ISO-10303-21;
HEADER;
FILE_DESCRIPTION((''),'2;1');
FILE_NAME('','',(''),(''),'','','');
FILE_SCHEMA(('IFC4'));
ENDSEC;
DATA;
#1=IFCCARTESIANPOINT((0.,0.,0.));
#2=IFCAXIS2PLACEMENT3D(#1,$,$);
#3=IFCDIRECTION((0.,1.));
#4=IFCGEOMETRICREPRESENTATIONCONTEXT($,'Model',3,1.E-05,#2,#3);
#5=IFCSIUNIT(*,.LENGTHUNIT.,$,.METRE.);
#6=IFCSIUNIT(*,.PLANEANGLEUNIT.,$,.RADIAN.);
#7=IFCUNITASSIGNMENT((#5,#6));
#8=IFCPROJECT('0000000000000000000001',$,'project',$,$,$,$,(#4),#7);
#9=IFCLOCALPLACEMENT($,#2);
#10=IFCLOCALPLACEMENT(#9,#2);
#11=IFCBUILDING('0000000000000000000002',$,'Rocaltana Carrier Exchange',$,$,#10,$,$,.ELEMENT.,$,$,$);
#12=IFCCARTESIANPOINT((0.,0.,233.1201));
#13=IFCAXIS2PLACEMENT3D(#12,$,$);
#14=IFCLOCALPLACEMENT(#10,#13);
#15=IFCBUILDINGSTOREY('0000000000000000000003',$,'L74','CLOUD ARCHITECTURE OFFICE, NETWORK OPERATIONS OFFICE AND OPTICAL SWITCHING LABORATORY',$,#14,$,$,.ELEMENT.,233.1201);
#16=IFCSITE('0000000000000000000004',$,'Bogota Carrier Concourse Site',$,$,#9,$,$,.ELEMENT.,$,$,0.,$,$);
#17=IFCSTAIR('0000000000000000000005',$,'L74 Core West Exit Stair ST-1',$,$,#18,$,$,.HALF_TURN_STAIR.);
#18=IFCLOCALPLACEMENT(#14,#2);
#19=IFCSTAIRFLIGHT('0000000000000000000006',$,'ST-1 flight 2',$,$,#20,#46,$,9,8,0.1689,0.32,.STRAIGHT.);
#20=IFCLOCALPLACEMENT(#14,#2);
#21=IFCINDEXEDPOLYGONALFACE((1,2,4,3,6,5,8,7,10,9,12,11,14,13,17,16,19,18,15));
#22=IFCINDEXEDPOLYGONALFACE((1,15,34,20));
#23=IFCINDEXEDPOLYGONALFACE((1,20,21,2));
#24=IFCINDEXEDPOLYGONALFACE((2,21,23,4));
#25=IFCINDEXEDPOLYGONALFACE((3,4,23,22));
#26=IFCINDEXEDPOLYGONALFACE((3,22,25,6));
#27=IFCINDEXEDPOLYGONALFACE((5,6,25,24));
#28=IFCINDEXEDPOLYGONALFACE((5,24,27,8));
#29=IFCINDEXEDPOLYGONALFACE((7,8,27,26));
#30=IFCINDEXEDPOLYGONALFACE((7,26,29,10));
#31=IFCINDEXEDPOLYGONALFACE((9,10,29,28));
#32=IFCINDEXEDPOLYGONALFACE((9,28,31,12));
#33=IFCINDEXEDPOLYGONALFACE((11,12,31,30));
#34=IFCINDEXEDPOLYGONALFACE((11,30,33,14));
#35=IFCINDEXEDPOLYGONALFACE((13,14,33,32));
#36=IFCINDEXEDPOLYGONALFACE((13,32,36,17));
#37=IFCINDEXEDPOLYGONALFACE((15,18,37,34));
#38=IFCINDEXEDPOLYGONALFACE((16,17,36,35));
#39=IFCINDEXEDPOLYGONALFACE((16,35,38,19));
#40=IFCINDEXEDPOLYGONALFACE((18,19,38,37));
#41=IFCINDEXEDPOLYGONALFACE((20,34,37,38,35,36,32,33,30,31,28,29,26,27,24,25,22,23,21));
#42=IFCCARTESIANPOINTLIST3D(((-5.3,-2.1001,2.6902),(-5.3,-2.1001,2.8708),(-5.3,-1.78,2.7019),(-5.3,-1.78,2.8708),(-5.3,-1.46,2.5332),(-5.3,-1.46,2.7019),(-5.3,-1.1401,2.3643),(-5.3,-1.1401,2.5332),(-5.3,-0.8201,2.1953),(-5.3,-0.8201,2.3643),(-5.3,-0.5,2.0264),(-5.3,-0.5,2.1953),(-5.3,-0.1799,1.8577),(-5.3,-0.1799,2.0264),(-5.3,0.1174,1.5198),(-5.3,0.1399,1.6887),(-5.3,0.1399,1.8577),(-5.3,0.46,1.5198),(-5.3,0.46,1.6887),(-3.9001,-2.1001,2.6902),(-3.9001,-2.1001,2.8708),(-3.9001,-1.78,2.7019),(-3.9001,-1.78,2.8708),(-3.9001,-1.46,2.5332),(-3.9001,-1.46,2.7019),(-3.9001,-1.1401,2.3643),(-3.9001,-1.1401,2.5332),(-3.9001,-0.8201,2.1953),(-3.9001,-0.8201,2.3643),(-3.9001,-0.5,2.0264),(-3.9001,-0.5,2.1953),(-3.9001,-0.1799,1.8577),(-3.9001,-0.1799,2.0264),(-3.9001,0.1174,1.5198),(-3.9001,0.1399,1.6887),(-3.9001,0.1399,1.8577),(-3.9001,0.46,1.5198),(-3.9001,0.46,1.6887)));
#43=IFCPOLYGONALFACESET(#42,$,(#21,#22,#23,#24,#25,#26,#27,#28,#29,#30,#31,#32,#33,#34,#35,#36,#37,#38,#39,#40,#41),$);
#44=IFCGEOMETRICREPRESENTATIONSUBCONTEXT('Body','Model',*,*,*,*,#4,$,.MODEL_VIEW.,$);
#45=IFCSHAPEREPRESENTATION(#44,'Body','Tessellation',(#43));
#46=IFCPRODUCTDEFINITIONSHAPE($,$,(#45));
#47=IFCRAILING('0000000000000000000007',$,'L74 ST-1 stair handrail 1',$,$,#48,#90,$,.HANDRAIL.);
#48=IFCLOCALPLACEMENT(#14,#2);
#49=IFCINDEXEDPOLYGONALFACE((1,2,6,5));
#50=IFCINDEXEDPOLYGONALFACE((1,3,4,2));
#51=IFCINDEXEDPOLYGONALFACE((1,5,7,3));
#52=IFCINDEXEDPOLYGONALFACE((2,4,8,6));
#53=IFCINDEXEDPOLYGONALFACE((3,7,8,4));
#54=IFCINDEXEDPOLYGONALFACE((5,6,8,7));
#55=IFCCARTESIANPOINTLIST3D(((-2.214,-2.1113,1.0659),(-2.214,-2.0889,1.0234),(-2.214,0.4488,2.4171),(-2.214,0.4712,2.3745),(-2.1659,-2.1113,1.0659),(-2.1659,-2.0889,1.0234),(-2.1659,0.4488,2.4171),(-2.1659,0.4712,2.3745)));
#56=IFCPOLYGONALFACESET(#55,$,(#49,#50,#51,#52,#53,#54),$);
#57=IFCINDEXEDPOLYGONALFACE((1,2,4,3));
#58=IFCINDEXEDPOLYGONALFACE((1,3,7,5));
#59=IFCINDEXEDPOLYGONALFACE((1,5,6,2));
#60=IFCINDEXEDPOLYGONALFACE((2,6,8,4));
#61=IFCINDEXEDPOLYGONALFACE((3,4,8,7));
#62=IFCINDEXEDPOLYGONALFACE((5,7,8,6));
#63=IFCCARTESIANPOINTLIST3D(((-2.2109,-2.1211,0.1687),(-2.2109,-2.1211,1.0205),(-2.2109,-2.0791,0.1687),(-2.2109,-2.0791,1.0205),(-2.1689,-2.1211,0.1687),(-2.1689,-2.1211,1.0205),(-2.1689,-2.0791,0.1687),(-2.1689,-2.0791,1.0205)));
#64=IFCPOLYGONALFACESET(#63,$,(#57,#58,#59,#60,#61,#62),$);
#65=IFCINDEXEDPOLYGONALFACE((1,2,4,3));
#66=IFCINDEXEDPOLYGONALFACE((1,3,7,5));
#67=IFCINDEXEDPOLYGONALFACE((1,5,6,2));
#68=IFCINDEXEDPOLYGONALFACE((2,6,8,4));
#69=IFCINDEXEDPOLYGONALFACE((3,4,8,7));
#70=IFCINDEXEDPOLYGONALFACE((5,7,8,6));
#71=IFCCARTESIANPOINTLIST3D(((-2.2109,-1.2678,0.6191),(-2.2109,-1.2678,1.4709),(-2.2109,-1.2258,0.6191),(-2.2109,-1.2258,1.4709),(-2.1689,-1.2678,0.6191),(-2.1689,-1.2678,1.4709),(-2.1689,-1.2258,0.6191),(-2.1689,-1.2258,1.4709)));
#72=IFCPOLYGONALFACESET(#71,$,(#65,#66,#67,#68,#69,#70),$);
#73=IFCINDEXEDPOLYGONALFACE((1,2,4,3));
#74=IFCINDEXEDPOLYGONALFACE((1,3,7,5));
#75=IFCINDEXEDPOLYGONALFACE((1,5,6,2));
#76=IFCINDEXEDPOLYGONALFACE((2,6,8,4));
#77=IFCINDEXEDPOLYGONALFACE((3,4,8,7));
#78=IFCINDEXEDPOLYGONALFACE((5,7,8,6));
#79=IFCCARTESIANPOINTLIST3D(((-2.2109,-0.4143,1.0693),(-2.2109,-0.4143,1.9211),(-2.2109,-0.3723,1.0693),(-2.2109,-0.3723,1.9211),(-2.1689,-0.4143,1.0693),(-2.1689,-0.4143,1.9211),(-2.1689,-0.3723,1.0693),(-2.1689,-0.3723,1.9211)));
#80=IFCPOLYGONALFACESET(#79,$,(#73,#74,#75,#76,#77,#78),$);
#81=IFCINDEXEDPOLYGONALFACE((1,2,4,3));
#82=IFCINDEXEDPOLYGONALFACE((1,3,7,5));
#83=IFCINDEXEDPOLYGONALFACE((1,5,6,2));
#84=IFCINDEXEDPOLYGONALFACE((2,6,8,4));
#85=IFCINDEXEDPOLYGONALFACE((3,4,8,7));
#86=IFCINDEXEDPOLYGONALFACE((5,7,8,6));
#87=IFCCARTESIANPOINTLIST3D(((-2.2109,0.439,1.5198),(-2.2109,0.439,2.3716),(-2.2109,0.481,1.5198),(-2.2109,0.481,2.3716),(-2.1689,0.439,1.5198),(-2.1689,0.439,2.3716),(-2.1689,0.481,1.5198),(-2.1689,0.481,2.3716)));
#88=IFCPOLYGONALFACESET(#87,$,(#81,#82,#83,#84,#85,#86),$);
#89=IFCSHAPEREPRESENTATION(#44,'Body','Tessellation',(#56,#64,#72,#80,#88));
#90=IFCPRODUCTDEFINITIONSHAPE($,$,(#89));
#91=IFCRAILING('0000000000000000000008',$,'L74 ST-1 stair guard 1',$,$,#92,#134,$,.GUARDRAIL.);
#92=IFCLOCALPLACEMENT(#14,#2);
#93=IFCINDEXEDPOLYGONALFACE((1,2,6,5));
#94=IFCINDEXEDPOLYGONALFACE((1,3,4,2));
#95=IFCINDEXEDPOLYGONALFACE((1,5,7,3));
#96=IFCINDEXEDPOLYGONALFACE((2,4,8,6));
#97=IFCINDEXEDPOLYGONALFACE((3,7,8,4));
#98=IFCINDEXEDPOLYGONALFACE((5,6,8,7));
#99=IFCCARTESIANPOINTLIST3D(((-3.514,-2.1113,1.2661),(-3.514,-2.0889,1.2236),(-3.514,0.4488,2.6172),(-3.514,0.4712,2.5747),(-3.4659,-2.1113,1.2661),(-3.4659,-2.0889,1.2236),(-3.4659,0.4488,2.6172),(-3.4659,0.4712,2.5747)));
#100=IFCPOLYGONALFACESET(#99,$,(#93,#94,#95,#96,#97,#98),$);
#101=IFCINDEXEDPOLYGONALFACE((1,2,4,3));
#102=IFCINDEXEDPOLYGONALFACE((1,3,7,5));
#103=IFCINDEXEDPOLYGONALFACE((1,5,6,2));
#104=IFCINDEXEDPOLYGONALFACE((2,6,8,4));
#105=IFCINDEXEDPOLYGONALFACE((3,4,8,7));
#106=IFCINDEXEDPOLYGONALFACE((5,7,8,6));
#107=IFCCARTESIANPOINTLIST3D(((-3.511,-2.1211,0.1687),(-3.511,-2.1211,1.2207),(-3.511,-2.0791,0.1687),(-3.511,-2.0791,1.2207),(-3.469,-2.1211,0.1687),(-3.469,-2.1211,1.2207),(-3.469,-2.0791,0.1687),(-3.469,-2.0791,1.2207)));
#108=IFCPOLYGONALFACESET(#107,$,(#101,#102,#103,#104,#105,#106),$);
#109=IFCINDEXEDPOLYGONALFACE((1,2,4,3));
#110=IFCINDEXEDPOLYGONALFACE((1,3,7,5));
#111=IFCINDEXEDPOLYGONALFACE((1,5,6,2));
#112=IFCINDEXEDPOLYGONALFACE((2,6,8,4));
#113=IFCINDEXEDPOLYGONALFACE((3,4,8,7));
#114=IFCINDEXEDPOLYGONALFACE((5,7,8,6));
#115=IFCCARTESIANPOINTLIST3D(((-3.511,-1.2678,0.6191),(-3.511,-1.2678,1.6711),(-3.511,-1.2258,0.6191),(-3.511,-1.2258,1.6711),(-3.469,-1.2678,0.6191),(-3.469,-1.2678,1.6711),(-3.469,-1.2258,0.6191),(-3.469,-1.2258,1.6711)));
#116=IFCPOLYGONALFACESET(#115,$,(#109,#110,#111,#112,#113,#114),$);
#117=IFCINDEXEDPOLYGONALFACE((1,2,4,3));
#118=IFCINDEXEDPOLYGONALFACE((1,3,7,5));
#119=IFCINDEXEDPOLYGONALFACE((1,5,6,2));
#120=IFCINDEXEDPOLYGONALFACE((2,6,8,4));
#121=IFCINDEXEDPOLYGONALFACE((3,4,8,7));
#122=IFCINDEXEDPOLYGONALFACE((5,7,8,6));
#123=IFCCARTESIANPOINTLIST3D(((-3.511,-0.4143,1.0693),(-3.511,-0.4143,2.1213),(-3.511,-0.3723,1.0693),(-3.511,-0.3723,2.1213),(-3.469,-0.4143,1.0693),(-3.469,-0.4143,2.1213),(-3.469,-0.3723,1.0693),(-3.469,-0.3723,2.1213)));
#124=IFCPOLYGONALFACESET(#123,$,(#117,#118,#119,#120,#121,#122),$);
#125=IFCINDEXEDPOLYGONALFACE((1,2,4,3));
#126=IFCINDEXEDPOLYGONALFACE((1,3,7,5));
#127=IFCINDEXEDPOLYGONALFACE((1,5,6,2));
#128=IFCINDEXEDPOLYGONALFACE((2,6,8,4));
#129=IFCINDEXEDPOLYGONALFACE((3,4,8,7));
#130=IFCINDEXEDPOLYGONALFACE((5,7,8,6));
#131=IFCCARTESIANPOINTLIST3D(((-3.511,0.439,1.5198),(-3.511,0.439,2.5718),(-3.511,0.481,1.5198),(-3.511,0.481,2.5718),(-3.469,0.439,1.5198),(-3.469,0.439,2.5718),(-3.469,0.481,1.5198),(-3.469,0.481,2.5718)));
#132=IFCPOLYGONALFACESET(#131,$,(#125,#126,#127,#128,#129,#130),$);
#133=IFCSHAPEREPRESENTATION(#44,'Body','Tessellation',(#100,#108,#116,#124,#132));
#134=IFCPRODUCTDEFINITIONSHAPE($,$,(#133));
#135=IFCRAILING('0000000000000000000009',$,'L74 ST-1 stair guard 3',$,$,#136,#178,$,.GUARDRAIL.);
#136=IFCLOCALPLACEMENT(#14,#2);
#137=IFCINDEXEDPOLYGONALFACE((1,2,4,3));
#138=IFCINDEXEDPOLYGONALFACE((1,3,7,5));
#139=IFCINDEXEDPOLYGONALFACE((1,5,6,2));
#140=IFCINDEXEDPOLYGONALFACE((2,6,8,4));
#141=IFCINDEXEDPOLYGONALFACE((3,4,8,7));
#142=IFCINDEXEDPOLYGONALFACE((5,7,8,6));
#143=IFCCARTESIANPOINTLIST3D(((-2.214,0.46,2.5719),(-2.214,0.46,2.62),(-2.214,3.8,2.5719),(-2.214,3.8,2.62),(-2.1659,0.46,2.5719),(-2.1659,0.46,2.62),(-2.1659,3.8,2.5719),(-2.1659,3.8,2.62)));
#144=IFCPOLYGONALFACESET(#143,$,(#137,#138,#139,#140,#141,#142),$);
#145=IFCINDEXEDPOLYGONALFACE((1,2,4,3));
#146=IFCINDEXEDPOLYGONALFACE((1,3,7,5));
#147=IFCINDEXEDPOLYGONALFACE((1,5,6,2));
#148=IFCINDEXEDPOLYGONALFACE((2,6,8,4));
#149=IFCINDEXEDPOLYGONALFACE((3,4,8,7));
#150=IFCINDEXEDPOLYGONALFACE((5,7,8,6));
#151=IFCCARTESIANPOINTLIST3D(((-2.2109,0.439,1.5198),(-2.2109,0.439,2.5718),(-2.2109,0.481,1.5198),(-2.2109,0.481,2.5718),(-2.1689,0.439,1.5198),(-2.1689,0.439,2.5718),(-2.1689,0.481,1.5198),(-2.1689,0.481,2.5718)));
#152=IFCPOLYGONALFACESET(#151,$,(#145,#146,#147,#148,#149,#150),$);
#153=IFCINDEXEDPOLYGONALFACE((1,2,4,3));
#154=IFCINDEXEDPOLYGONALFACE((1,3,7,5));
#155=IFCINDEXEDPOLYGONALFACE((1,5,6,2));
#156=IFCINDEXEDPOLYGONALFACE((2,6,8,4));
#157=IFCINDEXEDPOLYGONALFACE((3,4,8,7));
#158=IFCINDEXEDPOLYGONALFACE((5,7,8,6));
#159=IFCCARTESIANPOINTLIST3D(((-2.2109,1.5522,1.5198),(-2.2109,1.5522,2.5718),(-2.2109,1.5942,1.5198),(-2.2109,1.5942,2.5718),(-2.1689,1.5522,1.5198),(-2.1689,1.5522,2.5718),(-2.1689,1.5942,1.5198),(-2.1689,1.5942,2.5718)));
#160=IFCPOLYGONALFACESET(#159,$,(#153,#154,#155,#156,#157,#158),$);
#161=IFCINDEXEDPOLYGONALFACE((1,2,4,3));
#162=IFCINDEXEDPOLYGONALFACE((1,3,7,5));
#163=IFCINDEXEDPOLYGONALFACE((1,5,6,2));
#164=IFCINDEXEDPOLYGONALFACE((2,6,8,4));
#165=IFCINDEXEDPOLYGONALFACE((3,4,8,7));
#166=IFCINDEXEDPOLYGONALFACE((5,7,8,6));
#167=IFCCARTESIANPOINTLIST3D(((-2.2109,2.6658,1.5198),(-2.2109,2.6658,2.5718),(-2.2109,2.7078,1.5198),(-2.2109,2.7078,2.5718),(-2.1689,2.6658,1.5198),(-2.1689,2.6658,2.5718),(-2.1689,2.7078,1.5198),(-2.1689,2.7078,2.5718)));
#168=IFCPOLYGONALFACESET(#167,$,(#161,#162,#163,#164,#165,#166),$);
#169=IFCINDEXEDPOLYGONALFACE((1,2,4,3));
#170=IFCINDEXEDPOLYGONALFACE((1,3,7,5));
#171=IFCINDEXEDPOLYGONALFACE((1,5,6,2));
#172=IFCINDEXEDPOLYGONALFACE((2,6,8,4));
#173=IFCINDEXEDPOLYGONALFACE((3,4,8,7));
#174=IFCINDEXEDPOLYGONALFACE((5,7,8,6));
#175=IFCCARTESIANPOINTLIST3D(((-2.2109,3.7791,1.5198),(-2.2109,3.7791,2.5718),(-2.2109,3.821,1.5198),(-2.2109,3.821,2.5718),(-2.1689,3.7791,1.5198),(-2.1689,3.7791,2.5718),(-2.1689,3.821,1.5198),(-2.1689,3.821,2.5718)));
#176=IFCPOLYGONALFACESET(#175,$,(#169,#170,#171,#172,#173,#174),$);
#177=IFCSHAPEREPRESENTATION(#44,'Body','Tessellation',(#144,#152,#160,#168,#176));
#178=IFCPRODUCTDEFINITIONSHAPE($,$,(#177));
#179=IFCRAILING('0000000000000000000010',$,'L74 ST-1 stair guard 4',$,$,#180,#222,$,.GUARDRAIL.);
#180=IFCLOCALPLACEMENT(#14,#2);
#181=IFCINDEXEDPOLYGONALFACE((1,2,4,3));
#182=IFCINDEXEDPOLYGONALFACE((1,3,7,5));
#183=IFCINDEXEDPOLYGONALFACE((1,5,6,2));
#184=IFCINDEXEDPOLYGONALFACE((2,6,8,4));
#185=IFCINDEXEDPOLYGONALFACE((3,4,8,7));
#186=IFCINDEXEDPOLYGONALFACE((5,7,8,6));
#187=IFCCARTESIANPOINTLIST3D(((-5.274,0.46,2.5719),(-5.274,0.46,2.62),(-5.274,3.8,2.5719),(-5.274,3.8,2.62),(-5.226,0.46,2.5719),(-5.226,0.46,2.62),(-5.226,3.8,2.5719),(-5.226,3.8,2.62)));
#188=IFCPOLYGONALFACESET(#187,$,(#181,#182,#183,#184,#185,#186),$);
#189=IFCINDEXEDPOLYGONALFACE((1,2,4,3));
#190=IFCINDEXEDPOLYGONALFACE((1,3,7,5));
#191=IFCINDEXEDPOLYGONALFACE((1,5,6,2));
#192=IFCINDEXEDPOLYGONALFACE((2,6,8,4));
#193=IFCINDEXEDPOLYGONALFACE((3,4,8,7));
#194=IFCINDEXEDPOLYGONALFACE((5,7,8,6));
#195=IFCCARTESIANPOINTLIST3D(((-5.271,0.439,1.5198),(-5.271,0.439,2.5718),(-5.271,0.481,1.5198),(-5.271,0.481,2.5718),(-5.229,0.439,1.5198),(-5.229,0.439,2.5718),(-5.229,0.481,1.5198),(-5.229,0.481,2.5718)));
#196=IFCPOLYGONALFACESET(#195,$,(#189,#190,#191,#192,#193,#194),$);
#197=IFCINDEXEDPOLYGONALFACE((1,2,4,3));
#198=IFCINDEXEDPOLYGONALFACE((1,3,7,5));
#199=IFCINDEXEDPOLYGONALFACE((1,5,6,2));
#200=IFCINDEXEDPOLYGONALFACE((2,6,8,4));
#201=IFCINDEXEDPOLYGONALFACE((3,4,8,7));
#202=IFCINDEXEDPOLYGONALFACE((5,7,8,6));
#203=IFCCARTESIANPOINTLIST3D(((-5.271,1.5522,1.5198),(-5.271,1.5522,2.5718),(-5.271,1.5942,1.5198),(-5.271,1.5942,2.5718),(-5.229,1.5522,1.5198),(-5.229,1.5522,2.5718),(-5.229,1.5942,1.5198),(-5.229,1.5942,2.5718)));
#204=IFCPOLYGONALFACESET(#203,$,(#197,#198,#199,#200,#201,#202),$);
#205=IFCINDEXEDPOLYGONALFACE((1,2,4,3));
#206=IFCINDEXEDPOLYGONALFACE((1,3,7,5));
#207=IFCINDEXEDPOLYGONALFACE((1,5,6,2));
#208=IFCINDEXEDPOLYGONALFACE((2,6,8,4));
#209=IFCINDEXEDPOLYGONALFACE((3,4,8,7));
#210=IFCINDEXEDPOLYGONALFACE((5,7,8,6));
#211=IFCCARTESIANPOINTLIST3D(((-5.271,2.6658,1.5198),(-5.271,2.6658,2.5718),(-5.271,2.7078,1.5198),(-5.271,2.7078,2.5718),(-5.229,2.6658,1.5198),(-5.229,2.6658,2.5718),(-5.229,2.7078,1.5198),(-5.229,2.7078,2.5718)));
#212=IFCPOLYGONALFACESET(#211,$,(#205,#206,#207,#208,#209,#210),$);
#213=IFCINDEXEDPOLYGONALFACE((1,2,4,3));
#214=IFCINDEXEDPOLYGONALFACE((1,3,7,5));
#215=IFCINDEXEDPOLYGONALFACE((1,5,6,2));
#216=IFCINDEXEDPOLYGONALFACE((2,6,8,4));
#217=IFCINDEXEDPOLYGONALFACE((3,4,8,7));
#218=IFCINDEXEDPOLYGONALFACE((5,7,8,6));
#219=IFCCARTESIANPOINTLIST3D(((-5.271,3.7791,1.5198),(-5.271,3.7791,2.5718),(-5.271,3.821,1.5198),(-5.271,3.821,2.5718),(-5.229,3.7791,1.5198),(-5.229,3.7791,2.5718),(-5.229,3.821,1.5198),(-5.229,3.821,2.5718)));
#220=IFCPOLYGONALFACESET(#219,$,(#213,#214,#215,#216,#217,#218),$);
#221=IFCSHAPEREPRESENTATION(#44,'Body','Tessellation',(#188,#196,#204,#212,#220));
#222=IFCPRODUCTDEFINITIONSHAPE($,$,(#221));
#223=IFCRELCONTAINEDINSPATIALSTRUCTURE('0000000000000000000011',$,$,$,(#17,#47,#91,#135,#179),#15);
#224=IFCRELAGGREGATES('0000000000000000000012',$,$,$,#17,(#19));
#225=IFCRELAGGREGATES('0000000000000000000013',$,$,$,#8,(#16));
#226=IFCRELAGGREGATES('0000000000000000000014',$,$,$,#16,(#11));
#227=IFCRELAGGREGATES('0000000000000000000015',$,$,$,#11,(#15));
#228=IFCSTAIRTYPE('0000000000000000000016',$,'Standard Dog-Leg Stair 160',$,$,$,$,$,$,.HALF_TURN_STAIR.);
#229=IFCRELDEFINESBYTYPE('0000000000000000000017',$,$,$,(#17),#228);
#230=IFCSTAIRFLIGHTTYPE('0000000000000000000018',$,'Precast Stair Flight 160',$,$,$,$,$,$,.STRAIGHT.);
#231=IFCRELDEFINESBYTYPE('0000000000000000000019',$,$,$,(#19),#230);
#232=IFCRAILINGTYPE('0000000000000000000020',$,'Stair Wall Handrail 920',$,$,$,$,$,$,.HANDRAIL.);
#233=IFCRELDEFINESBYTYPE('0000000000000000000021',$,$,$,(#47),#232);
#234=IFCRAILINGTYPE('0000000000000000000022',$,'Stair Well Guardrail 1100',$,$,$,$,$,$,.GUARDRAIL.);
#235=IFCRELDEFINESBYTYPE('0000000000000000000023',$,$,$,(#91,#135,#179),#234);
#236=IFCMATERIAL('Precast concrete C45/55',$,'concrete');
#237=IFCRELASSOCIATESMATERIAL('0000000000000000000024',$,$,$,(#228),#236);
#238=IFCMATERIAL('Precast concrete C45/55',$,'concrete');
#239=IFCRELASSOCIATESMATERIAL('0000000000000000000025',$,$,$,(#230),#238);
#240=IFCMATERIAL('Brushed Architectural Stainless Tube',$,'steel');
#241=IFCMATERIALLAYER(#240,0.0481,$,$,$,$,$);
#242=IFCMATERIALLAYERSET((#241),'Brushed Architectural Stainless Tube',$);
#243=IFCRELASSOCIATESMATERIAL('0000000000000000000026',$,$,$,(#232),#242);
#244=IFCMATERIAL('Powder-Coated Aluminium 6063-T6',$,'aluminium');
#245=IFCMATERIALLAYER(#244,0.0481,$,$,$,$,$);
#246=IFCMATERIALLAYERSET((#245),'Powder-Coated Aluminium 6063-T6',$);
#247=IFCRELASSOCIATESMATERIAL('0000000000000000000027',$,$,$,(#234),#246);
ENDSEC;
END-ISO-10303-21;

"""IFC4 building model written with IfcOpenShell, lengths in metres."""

from ifc_helpers import new_model, si_unit, direction, frame, origin, origin_2d, place, context, subcontext, project, spatial, polyline, rectangle, outline, extrude, material, layer, layer_set, type_object, element, aggregate, save


model = new_model("IFC4")

# Units and contexts
model_context = context("Model", 3, precision=1e-05, world=origin(), true_north=direction((0.0, 1.0)))
body_context = subcontext(model_context, "Body", "Model", "MODEL_VIEW")
ifc_project = project(units=[si_unit("LENGTHUNIT", "METRE"), si_unit("PLANEANGLEUNIT", "RADIAN")], contexts=[model_context])

# Site, building, storey
site_placement = place(None, origin())
site = spatial("IfcSite", under=ifc_project, at=site_placement, Name="Bogota Carrier Concourse Site", CompositionType="ELEMENT", RefElevation=0.0)
building_placement = place(site_placement, origin())
building = spatial("IfcBuilding", under=site, at=building_placement, Name="Rocaltana Carrier Exchange", CompositionType="ELEMENT")
storey_placement = place(building_placement, frame((0.0, 0.0, 233.1201)))
storey = spatial("IfcBuildingStorey", under=building, at=storey_placement, Name="L74", Description="CLOUD ARCHITECTURE OFFICE, NETWORK OPERATIONS OFFICE AND OPTICAL SWITCHING LABORATORY", CompositionType="ELEMENT", Elevation=233.1201)

# Stair
ifc_material_1 = material(Name="Precast concrete C45/55", Category="concrete")
stair_type = type_object("IfcStairType", Name="Standard Dog-Leg Stair 160", PredefinedType="HALF_TURN_STAIR", material=ifc_material_1)
stair_1_placement = place(storey_placement, origin())
stair_1 = element("IfcStair", 1, at=stair_1_placement, inside=storey, type_object=stair_type, Name="L74 Core West Exit Stair ST-1", PredefinedType="HALF_TURN_STAIR")

# Stair flight
ifc_material_2 = material(Name="Precast concrete C45/55", Category="concrete")
stair_flight_type = type_object("IfcStairFlightType", Name="Precast Stair Flight 160", PredefinedType="STRAIGHT", material=ifc_material_2)
stair_flight_1_placement = place(storey_placement, frame((-4.6001, 0.46, 1.5198), z_axis=(0.0, 0.0, 1.0), x_axis=(0.0, -1.0, 0.0)))
stair_flight_1 = element("IfcStairFlight", 2, at=stair_flight_1_placement, type_object=stair_flight_type, Name="ST-1 flight 2", NumberOfRisers=9, NumberOfTreads=8, PredefinedType="STRAIGHT", RiserHeight=0.1689, TreadLength=0.32, context=body_context, shape_type="SweptSolid", body=[
    extrude(outline(polyline([(0.0, 0.0), (0.0, 0.1689), (0.3201, 0.1689), (0.3201, 0.3379), (0.6399, 0.3379), (0.6399, 0.5066), (0.96, 0.5066), (0.96, 0.6755), (1.28, 0.6755), (1.28, 0.8445), (1.6001, 0.8445), (1.6001, 1.0134), (1.9199, 1.0134), (1.9199, 1.1821), (2.24, 1.1821), (2.24, 1.3511), (2.5601, 1.3511), (2.5601, 1.52), (2.5601, 1.1704), (0.3425, 0.0), (0.0, 0.0)])), frame((0.0, 0.7, 0.0), z_axis=(0.0, -1.0, 0.0), x_axis=(1.0, 0.0, 0.0)), (0.0, 0.0, 1.0), 1.3999),
])
aggregate(stair_1, [stair_flight_1])

# Railings
ifc_material_3 = material(Name="Brushed Architectural Stainless Tube", Category="steel")
ifc_layer_1 = layer(ifc_material_3, 0.0481)
ifc_layer_set_1 = layer_set([ifc_layer_1], Name="Brushed Architectural Stainless Tube")
railing_type_1 = type_object("IfcRailingType", Name="Stair Wall Handrail 920", PredefinedType="HANDRAIL", material=ifc_layer_set_1)
railing_1_placement = place(storey_placement, frame((-2.1899, -2.1001, 0.1687)))
element("IfcRailing", 3, at=railing_1_placement, inside=storey, type_object=railing_type_1, Name="L74 ST-1 stair handrail 1", PredefinedType="HANDRAIL", context=body_context, shape_type="SweptSolid", body=[
    extrude(rectangle(XDim=0.0481, YDim=0.0481, at=origin_2d()), frame((0.0, 0.0, 0.876), z_axis=(0.0, 0.884394, 0.46674), x_axis=(-1.0, 0.0, 0.0)), (0.0, 0.0, 1.0), 2.8948),
    extrude(rectangle(XDim=0.042, YDim=0.042, at=origin_2d()), origin(), (0.0, 0.0, 1.0), 0.8518),
    extrude(rectangle(XDim=0.042, YDim=0.042, at=origin_2d()), frame((0.0, 0.8533, 0.4504)), (0.0, 0.0, 1.0), 0.8518),
    extrude(rectangle(XDim=0.042, YDim=0.042, at=origin_2d()), frame((0.0, 1.7068, 0.9006)), (0.0, 0.0, 1.0), 0.8518),
    extrude(rectangle(XDim=0.042, YDim=0.042, at=origin_2d()), frame((0.0, 2.5601, 1.3511)), (0.0, 0.0, 1.0), 0.8518),
])
ifc_material_4 = material(Name="Powder-Coated Aluminium 6063-T6", Category="aluminium")
ifc_layer_2 = layer(ifc_material_4, 0.0481)
ifc_layer_set_2 = layer_set([ifc_layer_2], Name="Powder-Coated Aluminium 6063-T6")
railing_type_2 = type_object("IfcRailingType", Name="Stair Well Guardrail 1100", PredefinedType="GUARDRAIL", material=ifc_layer_set_2)
railing_2_placement = place(storey_placement, frame((-3.49, -2.1001, 0.1687)))
element("IfcRailing", 4, at=railing_2_placement, inside=storey, type_object=railing_type_2, Name="L74 ST-1 stair guard 1", PredefinedType="GUARDRAIL", context=body_context, shape_type="SweptSolid", body=[
    extrude(rectangle(XDim=0.0481, YDim=0.0481, at=origin_2d()), frame((0.0, 0.0, 1.0762), z_axis=(0.0, 0.884394, 0.46674), x_axis=(-1.0, 0.0, 0.0)), (0.0, 0.0, 1.0), 2.8948),
    extrude(rectangle(XDim=0.042, YDim=0.042, at=origin_2d()), origin(), (0.0, 0.0, 1.0), 1.052),
    extrude(rectangle(XDim=0.042, YDim=0.042, at=origin_2d()), frame((0.0, 0.8533, 0.4504)), (0.0, 0.0, 1.0), 1.052),
    extrude(rectangle(XDim=0.042, YDim=0.042, at=origin_2d()), frame((0.0, 1.7068, 0.9006)), (0.0, 0.0, 1.0), 1.052),
    extrude(rectangle(XDim=0.042, YDim=0.042, at=origin_2d()), frame((0.0, 2.5601, 1.3511)), (0.0, 0.0, 1.0), 1.052),
])
for number, where, name in (
    (5, (-2.1899, 0.46, 1.5198), "L74 ST-1 stair guard 3"),
    (6, (-5.25, 0.46, 1.5198), "L74 ST-1 stair guard 4"),
):
    element("IfcRailing", number, at=place(storey_placement, frame(where)), inside=storey, type_object=railing_type_2, Name=name, PredefinedType="GUARDRAIL", context=body_context, shape_type="SweptSolid", body=[
        extrude(rectangle(XDim=0.0481, YDim=0.0481, at=origin_2d()), frame((0.0, 0.0, 1.0762), z_axis=(0.0, 1.0, 0.0), x_axis=(-1.0, 0.0, 0.0)), (0.0, 0.0, 1.0), 3.3401),
        extrude(rectangle(XDim=0.042, YDim=0.042, at=origin_2d()), origin(), (0.0, 0.0, 1.0), 1.052),
        extrude(rectangle(XDim=0.042, YDim=0.042, at=origin_2d()), frame((0.0, 1.1133, 0.0)), (0.0, 0.0, 1.0), 1.052),
        extrude(rectangle(XDim=0.042, YDim=0.042, at=origin_2d()), frame((0.0, 2.2268, 0.0)), (0.0, 0.0, 1.0), 1.052),
        extrude(rectangle(XDim=0.042, YDim=0.042, at=origin_2d()), frame((0.0, 3.3401, 0.0)), (0.0, 0.0, 1.0), 1.052),
    ])

save(model, "model.ifc")
